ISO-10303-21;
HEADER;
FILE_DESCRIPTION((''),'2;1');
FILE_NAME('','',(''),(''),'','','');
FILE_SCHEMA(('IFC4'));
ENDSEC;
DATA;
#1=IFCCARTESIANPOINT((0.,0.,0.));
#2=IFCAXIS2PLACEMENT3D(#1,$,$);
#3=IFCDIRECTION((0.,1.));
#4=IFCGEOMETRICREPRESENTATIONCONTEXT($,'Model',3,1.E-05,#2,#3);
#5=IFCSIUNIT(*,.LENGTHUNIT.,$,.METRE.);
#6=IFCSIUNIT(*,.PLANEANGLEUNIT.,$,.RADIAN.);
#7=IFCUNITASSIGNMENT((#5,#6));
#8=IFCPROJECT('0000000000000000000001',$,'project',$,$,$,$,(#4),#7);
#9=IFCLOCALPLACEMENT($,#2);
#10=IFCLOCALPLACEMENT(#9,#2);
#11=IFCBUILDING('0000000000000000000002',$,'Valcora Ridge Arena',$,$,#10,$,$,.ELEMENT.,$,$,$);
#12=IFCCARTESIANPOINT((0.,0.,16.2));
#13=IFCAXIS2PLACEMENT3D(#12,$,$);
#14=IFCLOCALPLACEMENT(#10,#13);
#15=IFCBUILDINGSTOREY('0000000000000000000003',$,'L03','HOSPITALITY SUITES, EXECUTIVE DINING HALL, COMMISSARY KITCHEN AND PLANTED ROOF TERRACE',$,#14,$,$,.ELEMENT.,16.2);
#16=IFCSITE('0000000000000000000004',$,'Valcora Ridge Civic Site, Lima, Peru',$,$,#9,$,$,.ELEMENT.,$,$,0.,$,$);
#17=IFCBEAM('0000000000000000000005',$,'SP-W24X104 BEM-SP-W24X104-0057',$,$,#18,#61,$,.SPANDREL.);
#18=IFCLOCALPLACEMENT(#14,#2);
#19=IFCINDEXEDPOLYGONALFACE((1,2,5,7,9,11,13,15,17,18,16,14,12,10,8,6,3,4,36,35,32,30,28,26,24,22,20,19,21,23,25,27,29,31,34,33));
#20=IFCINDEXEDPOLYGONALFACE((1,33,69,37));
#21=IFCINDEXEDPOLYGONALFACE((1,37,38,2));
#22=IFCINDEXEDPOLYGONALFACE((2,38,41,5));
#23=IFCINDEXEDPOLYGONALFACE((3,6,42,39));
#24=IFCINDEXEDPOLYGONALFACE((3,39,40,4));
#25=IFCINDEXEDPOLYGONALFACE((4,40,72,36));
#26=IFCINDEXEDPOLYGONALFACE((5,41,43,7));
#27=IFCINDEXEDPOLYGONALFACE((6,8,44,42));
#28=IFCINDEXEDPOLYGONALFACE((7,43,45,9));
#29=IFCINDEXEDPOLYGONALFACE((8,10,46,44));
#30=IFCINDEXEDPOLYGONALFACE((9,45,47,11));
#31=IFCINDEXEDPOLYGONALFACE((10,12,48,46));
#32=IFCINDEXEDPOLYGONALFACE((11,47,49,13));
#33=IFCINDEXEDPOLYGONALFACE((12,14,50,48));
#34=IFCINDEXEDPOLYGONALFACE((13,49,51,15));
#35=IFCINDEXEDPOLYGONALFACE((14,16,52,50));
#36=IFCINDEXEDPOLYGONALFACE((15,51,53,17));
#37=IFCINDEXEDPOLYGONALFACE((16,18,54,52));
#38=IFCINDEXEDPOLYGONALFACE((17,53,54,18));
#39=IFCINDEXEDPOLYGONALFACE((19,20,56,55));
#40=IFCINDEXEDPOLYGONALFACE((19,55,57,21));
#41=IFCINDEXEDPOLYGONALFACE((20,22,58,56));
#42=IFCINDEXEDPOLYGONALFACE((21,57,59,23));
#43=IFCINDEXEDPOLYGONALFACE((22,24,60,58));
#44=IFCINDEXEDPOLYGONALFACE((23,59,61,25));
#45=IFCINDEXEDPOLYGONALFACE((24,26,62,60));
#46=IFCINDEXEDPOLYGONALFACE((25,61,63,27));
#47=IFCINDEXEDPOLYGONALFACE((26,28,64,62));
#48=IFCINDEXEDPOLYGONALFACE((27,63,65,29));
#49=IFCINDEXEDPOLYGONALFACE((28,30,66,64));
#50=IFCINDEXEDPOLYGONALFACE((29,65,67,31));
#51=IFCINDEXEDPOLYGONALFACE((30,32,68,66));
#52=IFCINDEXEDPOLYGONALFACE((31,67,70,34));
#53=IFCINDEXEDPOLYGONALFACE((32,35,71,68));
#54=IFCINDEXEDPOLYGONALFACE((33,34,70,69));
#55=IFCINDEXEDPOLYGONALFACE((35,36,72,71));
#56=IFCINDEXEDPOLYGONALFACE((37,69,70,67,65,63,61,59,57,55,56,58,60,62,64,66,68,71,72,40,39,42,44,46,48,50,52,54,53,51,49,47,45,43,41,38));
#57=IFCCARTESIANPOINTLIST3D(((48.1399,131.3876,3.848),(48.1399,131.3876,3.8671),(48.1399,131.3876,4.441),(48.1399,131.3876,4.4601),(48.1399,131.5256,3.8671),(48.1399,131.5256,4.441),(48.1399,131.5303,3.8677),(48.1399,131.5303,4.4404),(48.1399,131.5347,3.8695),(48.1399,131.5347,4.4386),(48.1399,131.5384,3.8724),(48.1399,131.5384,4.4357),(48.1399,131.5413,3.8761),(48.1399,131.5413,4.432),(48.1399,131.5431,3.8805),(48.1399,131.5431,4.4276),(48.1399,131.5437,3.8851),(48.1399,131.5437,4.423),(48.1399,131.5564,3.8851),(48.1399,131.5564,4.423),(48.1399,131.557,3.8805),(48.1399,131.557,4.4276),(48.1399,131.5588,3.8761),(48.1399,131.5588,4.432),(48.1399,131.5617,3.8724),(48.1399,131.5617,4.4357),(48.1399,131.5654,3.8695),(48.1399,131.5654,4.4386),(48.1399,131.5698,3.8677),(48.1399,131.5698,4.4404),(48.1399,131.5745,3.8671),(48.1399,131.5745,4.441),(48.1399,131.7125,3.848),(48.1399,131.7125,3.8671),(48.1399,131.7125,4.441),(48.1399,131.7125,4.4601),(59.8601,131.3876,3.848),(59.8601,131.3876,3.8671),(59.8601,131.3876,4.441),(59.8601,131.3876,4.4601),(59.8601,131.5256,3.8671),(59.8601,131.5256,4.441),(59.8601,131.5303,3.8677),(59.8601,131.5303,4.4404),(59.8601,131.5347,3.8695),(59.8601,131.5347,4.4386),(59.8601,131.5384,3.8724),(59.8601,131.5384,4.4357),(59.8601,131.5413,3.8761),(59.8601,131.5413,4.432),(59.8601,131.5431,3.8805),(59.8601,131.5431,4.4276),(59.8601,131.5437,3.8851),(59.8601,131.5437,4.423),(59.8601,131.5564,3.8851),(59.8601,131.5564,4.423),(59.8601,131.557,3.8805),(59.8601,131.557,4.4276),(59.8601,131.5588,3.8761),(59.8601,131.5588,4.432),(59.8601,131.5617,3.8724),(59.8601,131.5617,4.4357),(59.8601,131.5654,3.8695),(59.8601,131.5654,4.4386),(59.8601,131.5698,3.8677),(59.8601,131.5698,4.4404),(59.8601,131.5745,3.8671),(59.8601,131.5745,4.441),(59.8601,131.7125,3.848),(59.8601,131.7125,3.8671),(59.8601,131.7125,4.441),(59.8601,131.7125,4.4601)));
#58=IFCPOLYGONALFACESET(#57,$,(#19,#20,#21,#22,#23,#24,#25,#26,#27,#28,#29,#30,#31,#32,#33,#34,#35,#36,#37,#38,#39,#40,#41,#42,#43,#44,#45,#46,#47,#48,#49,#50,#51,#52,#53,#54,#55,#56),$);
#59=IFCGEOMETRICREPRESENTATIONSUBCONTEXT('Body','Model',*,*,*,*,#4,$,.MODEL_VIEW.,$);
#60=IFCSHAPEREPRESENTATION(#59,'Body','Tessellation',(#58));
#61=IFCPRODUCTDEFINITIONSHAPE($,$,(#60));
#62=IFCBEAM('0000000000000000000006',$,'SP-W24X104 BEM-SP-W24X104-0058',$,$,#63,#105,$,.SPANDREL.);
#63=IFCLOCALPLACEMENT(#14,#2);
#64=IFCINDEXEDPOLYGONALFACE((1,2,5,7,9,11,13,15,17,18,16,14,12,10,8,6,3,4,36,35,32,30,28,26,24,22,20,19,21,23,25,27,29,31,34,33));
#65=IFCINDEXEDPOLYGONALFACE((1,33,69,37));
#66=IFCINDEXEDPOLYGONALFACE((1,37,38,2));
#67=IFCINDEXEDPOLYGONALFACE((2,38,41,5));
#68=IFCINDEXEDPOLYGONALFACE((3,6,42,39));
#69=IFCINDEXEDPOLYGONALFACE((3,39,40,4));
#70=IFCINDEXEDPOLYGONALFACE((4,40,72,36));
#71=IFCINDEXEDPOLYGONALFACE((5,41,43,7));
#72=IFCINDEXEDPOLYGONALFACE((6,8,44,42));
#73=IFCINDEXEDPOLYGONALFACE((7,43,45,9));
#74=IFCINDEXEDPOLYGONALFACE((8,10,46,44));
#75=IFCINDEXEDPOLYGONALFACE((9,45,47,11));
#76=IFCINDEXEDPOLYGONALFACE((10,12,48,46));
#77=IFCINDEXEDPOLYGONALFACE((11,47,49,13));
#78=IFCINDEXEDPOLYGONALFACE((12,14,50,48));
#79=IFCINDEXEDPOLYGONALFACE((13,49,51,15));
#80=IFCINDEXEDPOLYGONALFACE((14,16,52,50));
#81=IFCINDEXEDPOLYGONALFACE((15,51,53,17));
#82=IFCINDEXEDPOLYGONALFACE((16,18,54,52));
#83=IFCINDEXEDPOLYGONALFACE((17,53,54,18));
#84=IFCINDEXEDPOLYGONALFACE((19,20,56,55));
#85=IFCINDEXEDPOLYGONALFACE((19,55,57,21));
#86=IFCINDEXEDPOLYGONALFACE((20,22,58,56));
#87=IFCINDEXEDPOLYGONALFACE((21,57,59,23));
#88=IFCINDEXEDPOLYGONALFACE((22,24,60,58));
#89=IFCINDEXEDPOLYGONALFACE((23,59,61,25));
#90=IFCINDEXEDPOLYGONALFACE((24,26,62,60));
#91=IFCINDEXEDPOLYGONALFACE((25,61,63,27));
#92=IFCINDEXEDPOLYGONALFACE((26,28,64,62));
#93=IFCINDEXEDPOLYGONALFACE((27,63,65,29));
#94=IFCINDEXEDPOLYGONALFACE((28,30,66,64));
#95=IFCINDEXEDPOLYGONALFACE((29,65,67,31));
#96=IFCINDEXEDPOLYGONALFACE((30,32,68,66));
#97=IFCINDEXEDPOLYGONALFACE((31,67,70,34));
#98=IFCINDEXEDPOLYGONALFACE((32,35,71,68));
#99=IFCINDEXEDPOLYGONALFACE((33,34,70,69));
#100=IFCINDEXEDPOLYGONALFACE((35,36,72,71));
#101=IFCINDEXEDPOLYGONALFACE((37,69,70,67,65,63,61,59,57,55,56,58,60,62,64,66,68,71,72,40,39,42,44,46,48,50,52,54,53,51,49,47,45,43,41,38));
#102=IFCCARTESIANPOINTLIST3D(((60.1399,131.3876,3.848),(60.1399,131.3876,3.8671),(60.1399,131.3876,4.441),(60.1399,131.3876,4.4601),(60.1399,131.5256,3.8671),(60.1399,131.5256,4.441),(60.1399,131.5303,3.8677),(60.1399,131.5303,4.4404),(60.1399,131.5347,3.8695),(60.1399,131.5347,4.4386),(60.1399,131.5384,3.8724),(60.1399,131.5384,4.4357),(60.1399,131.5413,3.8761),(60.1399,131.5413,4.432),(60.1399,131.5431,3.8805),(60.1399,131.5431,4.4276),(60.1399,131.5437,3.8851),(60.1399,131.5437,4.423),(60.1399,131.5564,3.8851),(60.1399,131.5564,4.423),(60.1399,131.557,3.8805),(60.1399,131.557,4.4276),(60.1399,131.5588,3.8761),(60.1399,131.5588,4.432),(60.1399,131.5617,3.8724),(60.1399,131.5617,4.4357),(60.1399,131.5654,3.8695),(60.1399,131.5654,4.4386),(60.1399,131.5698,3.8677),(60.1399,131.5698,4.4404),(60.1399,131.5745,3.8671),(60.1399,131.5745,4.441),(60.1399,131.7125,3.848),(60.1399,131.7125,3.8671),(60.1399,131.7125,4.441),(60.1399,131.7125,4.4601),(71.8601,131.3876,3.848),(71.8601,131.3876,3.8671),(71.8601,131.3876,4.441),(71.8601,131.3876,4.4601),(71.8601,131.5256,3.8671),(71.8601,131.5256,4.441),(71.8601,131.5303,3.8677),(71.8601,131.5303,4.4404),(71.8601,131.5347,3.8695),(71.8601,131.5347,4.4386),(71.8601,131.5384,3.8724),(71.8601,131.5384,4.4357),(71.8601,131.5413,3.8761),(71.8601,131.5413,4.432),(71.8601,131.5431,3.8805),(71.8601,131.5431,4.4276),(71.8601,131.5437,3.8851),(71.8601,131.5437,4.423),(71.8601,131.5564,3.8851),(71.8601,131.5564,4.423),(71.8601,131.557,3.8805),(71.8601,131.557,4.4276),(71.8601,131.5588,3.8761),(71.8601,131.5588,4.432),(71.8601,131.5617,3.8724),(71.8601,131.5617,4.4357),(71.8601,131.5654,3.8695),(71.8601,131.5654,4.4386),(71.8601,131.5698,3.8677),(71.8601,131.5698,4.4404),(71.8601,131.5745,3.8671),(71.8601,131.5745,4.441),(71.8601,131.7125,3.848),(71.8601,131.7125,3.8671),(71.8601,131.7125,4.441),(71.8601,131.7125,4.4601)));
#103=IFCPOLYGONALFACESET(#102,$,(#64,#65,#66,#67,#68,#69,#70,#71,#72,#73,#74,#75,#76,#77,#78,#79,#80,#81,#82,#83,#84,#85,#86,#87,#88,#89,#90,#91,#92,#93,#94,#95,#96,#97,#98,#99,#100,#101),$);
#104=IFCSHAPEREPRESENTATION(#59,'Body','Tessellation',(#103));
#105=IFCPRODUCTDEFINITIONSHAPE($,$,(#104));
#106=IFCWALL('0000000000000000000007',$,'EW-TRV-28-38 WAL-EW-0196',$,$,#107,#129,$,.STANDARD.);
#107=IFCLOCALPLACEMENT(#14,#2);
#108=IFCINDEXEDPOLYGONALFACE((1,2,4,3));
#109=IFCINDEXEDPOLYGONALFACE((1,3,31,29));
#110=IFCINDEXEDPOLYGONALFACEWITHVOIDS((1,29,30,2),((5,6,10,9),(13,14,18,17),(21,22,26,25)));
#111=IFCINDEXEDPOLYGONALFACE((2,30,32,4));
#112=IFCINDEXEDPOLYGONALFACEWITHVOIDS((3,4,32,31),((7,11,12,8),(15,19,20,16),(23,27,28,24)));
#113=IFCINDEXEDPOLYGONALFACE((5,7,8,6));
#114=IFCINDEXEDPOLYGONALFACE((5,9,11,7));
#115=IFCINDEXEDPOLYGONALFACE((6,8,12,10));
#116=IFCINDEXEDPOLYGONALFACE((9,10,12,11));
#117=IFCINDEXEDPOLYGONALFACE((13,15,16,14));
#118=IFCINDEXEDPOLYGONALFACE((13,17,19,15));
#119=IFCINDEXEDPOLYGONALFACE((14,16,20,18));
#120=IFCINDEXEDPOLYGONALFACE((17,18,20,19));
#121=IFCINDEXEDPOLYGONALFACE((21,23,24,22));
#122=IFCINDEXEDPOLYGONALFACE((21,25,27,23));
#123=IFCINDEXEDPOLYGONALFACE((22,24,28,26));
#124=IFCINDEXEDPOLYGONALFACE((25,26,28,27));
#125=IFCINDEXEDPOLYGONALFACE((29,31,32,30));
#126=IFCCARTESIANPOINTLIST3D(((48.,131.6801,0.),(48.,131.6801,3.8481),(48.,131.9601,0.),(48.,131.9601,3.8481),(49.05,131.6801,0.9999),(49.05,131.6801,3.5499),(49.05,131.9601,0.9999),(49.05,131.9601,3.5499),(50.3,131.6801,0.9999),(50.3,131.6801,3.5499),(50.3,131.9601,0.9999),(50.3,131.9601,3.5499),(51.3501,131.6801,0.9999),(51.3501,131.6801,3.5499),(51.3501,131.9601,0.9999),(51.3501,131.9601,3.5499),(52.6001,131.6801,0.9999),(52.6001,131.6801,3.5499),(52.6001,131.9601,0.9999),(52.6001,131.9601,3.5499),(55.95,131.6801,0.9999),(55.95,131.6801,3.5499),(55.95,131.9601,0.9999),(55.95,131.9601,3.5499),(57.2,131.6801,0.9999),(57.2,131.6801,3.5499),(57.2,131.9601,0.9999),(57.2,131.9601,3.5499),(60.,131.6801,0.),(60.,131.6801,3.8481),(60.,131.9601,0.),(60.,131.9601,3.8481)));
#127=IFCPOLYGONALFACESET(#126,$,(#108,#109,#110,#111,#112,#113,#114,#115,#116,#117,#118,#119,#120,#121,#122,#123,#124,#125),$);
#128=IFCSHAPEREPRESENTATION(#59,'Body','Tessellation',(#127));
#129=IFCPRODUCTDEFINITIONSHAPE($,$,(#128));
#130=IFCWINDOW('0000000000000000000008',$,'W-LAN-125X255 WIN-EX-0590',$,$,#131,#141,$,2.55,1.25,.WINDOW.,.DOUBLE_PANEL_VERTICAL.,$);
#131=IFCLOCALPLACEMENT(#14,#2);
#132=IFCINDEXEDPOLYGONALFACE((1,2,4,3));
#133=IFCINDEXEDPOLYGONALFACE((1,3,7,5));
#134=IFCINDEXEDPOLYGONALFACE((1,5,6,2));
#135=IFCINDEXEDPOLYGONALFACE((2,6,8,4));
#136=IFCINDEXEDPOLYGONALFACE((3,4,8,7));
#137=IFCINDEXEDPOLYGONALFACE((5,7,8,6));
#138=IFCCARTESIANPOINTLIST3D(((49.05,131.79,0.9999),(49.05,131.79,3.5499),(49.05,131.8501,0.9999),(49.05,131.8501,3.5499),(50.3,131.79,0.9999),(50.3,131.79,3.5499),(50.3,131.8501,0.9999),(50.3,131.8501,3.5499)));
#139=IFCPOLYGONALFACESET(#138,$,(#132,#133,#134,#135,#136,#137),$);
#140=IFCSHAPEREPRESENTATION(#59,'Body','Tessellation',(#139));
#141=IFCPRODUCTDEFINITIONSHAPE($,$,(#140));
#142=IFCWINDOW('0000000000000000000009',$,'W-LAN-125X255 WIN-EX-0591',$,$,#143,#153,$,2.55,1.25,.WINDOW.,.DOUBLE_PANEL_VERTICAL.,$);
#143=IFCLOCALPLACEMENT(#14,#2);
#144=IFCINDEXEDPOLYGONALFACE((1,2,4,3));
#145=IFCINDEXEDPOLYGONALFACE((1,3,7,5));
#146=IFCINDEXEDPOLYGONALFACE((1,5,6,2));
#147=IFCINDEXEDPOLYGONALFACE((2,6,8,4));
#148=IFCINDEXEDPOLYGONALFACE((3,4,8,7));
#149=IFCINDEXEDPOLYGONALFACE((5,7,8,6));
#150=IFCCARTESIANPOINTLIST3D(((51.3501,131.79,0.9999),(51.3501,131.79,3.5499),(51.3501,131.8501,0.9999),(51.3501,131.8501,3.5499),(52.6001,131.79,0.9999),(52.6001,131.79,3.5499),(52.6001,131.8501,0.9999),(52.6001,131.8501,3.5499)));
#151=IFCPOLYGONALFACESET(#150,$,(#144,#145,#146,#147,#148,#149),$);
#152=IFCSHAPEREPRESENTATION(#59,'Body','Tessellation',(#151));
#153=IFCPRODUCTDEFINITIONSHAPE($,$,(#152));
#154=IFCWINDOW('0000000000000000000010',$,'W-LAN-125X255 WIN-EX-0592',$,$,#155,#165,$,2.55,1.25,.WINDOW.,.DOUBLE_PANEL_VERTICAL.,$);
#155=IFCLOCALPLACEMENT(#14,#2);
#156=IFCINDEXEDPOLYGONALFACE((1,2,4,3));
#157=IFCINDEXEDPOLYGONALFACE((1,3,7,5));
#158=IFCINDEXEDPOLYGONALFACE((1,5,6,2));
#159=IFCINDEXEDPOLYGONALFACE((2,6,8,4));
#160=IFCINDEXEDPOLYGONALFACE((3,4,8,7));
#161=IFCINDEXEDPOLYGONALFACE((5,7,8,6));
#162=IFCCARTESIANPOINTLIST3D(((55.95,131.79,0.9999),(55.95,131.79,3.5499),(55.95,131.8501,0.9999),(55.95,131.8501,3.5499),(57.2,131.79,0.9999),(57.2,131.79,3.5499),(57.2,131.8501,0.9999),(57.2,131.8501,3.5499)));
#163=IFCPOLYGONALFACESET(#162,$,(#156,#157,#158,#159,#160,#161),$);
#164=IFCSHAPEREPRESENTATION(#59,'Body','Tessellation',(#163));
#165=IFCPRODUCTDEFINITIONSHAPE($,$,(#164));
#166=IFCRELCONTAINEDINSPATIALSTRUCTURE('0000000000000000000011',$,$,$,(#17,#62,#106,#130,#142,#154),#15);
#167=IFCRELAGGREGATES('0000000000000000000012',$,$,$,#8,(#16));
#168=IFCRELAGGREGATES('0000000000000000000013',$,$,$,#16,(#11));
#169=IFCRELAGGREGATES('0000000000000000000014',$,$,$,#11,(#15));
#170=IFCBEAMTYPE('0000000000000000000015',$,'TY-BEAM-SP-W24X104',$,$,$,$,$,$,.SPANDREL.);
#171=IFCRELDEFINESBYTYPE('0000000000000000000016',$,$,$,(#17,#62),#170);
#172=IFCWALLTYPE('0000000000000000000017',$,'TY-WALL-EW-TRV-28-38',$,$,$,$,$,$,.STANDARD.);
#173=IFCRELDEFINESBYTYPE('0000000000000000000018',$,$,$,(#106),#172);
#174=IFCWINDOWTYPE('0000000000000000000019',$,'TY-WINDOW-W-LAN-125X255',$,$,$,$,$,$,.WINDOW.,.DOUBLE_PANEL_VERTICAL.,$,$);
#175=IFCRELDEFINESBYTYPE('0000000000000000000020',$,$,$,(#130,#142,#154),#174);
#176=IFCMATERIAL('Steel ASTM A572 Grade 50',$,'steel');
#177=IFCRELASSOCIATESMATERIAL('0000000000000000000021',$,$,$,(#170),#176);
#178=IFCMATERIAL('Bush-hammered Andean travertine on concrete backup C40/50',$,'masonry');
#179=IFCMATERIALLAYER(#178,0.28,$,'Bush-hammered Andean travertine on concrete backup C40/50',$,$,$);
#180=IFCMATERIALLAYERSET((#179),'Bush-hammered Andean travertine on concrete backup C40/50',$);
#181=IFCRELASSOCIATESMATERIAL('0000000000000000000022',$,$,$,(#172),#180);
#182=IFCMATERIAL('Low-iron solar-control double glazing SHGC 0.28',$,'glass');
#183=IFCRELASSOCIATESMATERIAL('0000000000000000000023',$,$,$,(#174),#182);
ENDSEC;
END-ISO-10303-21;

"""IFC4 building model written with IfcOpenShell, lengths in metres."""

from ifc_helpers import new_model, si_unit, direction, frame, frame_2d, origin, origin_2d, place, context, subcontext, project, spatial, rectangle, i_section, extrude, material, layer, layer_set, material_profile, profile_set, type_object, element, fill, save


model = new_model("IFC4")

# Units and contexts
model_context = context("Model", 3, precision=1e-05, world=origin(), true_north=direction((0.0, 1.0)))
body_context = subcontext(model_context, "Body", "Model", "MODEL_VIEW")
ifc_project = project(units=[si_unit("LENGTHUNIT", "METRE"), si_unit("PLANEANGLEUNIT", "RADIAN")], contexts=[model_context])

# Site, building, storey
site_placement = place(None, origin())
site = spatial("IfcSite", under=ifc_project, at=site_placement, Name="Valcora Ridge Civic Site, Lima, Peru", CompositionType="ELEMENT", RefElevation=0.0)
building_placement = place(site_placement, origin())
building = spatial("IfcBuilding", under=site, at=building_placement, Name="Valcora Ridge Arena", CompositionType="ELEMENT")
storey_placement = place(building_placement, frame((0.0, 0.0, 16.2)))
storey = spatial("IfcBuildingStorey", under=building, at=storey_placement, Name="L03", Description="HOSPITALITY SUITES, EXECUTIVE DINING HALL, COMMISSARY KITCHEN AND PLANTED ROOF TERRACE", CompositionType="ELEMENT", Elevation=16.2)

# Beams
ifc_material_1 = material(Name="Steel ASTM A572 Grade 50", Category="steel")
ifc_material_profile_1 = material_profile(ifc_material_1, i_section(OverallWidth=0.325, OverallDepth=0.6121, WebThickness=0.0127, FlangeThickness=0.019, FilletRadius=0.0181, at=origin_2d()), Name="W24X104")
ifc_profile_set_1 = profile_set([ifc_material_profile_1], Name="Steel ASTM A572 Grade 50")
beam_type_1 = type_object("IfcBeamType", Name="TY-BEAM-SP-W24X104", PredefinedType="SPANDREL", material=ifc_profile_set_1)
for number, where, z_axis, x_axis, name in (
    (1, (48.1399, 131.55, 4.1541), (1.0, 0.0, 0.0), (0.0, 1.0, 0.0), "SP-W24X104 BEM-SP-W24X104-0057"),
    (2, (60.1399, 131.55, 4.1541), (1.0, 0.0, 0.0), (0.0, 1.0, 0.0), "SP-W24X104 BEM-SP-W24X104-0058"),
):
    element("IfcBeam", number, at=place(storey_placement, frame(where, z_axis=z_axis, x_axis=x_axis)), inside=storey, type_object=beam_type_1, Name=name, PredefinedType="SPANDREL", context=body_context, shape_type="SweptSolid", body=[
        extrude(i_section(OverallWidth=0.325, OverallDepth=0.6121, WebThickness=0.0127, FlangeThickness=0.019, FilletRadius=0.0181, at=origin_2d()), origin(), (0.0, 0.0, 1.0), 11.7202),
    ])

# Wall, openings, windows
ifc_material_2 = material(Name="Bush-hammered Andean travertine on concrete backup C40/50", Category="masonry")
ifc_layer_1 = layer(ifc_material_2, 0.28, Name="Bush-hammered Andean travertine on concrete backup C40/50")
ifc_layer_set_1 = layer_set([ifc_layer_1], Name="Bush-hammered Andean travertine on concrete backup C40/50")
wall_type_1 = type_object("IfcWallType", Name="TY-WALL-EW-TRV-28-38", PredefinedType="STANDARD", material=ifc_layer_set_1)
wall_1_placement = place(storey_placement, frame((48.0, 131.8201, 0.0), z_axis=(0.0, 0.0, 1.0), x_axis=(1.0, 0.0, 0.0)))
wall_1 = element("IfcWall", 3, at=wall_1_placement, inside=storey, type_object=wall_type_1, Name="EW-TRV-28-38 WAL-EW-0196", PredefinedType="STANDARD", context=body_context, shape_type="SweptSolid", body=[
    extrude(rectangle(XDim=12.0, YDim=0.28, at=frame_2d((6.0, 0.0))), origin(), (0.0, 0.0, 1.0), 3.8481),
])
opening_1_placement = place(wall_1_placement, frame((1.05, 0.0, 1.0)))
opening_1 = element("IfcOpeningElement", 4, at=opening_1_placement, cuts=wall_1, PredefinedType="OPENING", context=body_context, shape_type="SweptSolid", body=[
    extrude(rectangle(XDim=1.25, YDim=2.55, at=frame_2d((0.625, 1.2749))), frame((0.0, 0.1499, 0.0), z_axis=(0.0, -1.0, 0.0), x_axis=(1.0, 0.0, 0.0)), (0.0, 0.0, 1.0), 0.3),
])
opening_2_placement = place(wall_1_placement, frame((3.3501, 0.0, 1.0)))
opening_2 = element("IfcOpeningElement", 5, at=opening_2_placement, cuts=wall_1, PredefinedType="OPENING", context=body_context, shape_type="SweptSolid", body=[
    extrude(rectangle(XDim=1.25, YDim=2.55, at=frame_2d((0.625, 1.2749))), frame((0.0, 0.1499, 0.0), z_axis=(0.0, -1.0, 0.0), x_axis=(1.0, 0.0, 0.0)), (0.0, 0.0, 1.0), 0.3),
])
opening_3_placement = place(wall_1_placement, frame((7.95, 0.0, 1.0)))
opening_3 = element("IfcOpeningElement", 6, at=opening_3_placement, cuts=wall_1, PredefinedType="OPENING", context=body_context, shape_type="SweptSolid", body=[
    extrude(rectangle(XDim=1.25, YDim=2.55, at=frame_2d((0.625, 1.2749))), frame((0.0, 0.1499, 0.0), z_axis=(0.0, -1.0, 0.0), x_axis=(1.0, 0.0, 0.0)), (0.0, 0.0, 1.0), 0.3),
])
ifc_material_3 = material(Name="Low-iron solar-control double glazing SHGC 0.28", Category="glass")
window_type = type_object("IfcWindowType", Name="TY-WINDOW-W-LAN-125X255", PartitioningType="DOUBLE_PANEL_VERTICAL", PredefinedType="WINDOW", material=ifc_material_3)
window_1_placement = place(opening_1_placement, origin())
window_1 = element("IfcWindow", 7, at=window_1_placement, inside=storey, type_object=window_type, Name="W-LAN-125X255 WIN-EX-0590", OverallHeight=2.55, OverallWidth=1.25, PartitioningType="DOUBLE_PANEL_VERTICAL", PredefinedType="WINDOW", context=body_context, shape_type="SweptSolid", body=[
    extrude(rectangle(XDim=1.25, YDim=2.55, at=frame_2d((0.625, 1.2749))), frame((0.0, 0.03, 0.0), z_axis=(0.0, -1.0, 0.0), x_axis=(1.0, 0.0, 0.0)), (0.0, 0.0, 1.0), 0.0601),
])
fill(opening_1, window_1)
window_2_placement = place(opening_2_placement, origin())
window_2 = element("IfcWindow", 8, at=window_2_placement, inside=storey, type_object=window_type, Name="W-LAN-125X255 WIN-EX-0591", OverallHeight=2.55, OverallWidth=1.25, PartitioningType="DOUBLE_PANEL_VERTICAL", PredefinedType="WINDOW", context=body_context, shape_type="SweptSolid", body=[
    extrude(rectangle(XDim=1.25, YDim=2.55, at=frame_2d((0.625, 1.2749))), frame((0.0, 0.03, 0.0), z_axis=(0.0, -1.0, 0.0), x_axis=(1.0, 0.0, 0.0)), (0.0, 0.0, 1.0), 0.0601),
])
fill(opening_2, window_2)
window_3_placement = place(opening_3_placement, origin())
window_3 = element("IfcWindow", 9, at=window_3_placement, inside=storey, type_object=window_type, Name="W-LAN-125X255 WIN-EX-0592", OverallHeight=2.55, OverallWidth=1.25, PartitioningType="DOUBLE_PANEL_VERTICAL", PredefinedType="WINDOW", context=body_context, shape_type="SweptSolid", body=[
    extrude(rectangle(XDim=1.25, YDim=2.55, at=frame_2d((0.625, 1.2749))), frame((0.0, 0.03, 0.0), z_axis=(0.0, -1.0, 0.0), x_axis=(1.0, 0.0, 0.0)), (0.0, 0.0, 1.0), 0.0601),
])
fill(opening_3, window_3)

save(model, "model.ifc")
